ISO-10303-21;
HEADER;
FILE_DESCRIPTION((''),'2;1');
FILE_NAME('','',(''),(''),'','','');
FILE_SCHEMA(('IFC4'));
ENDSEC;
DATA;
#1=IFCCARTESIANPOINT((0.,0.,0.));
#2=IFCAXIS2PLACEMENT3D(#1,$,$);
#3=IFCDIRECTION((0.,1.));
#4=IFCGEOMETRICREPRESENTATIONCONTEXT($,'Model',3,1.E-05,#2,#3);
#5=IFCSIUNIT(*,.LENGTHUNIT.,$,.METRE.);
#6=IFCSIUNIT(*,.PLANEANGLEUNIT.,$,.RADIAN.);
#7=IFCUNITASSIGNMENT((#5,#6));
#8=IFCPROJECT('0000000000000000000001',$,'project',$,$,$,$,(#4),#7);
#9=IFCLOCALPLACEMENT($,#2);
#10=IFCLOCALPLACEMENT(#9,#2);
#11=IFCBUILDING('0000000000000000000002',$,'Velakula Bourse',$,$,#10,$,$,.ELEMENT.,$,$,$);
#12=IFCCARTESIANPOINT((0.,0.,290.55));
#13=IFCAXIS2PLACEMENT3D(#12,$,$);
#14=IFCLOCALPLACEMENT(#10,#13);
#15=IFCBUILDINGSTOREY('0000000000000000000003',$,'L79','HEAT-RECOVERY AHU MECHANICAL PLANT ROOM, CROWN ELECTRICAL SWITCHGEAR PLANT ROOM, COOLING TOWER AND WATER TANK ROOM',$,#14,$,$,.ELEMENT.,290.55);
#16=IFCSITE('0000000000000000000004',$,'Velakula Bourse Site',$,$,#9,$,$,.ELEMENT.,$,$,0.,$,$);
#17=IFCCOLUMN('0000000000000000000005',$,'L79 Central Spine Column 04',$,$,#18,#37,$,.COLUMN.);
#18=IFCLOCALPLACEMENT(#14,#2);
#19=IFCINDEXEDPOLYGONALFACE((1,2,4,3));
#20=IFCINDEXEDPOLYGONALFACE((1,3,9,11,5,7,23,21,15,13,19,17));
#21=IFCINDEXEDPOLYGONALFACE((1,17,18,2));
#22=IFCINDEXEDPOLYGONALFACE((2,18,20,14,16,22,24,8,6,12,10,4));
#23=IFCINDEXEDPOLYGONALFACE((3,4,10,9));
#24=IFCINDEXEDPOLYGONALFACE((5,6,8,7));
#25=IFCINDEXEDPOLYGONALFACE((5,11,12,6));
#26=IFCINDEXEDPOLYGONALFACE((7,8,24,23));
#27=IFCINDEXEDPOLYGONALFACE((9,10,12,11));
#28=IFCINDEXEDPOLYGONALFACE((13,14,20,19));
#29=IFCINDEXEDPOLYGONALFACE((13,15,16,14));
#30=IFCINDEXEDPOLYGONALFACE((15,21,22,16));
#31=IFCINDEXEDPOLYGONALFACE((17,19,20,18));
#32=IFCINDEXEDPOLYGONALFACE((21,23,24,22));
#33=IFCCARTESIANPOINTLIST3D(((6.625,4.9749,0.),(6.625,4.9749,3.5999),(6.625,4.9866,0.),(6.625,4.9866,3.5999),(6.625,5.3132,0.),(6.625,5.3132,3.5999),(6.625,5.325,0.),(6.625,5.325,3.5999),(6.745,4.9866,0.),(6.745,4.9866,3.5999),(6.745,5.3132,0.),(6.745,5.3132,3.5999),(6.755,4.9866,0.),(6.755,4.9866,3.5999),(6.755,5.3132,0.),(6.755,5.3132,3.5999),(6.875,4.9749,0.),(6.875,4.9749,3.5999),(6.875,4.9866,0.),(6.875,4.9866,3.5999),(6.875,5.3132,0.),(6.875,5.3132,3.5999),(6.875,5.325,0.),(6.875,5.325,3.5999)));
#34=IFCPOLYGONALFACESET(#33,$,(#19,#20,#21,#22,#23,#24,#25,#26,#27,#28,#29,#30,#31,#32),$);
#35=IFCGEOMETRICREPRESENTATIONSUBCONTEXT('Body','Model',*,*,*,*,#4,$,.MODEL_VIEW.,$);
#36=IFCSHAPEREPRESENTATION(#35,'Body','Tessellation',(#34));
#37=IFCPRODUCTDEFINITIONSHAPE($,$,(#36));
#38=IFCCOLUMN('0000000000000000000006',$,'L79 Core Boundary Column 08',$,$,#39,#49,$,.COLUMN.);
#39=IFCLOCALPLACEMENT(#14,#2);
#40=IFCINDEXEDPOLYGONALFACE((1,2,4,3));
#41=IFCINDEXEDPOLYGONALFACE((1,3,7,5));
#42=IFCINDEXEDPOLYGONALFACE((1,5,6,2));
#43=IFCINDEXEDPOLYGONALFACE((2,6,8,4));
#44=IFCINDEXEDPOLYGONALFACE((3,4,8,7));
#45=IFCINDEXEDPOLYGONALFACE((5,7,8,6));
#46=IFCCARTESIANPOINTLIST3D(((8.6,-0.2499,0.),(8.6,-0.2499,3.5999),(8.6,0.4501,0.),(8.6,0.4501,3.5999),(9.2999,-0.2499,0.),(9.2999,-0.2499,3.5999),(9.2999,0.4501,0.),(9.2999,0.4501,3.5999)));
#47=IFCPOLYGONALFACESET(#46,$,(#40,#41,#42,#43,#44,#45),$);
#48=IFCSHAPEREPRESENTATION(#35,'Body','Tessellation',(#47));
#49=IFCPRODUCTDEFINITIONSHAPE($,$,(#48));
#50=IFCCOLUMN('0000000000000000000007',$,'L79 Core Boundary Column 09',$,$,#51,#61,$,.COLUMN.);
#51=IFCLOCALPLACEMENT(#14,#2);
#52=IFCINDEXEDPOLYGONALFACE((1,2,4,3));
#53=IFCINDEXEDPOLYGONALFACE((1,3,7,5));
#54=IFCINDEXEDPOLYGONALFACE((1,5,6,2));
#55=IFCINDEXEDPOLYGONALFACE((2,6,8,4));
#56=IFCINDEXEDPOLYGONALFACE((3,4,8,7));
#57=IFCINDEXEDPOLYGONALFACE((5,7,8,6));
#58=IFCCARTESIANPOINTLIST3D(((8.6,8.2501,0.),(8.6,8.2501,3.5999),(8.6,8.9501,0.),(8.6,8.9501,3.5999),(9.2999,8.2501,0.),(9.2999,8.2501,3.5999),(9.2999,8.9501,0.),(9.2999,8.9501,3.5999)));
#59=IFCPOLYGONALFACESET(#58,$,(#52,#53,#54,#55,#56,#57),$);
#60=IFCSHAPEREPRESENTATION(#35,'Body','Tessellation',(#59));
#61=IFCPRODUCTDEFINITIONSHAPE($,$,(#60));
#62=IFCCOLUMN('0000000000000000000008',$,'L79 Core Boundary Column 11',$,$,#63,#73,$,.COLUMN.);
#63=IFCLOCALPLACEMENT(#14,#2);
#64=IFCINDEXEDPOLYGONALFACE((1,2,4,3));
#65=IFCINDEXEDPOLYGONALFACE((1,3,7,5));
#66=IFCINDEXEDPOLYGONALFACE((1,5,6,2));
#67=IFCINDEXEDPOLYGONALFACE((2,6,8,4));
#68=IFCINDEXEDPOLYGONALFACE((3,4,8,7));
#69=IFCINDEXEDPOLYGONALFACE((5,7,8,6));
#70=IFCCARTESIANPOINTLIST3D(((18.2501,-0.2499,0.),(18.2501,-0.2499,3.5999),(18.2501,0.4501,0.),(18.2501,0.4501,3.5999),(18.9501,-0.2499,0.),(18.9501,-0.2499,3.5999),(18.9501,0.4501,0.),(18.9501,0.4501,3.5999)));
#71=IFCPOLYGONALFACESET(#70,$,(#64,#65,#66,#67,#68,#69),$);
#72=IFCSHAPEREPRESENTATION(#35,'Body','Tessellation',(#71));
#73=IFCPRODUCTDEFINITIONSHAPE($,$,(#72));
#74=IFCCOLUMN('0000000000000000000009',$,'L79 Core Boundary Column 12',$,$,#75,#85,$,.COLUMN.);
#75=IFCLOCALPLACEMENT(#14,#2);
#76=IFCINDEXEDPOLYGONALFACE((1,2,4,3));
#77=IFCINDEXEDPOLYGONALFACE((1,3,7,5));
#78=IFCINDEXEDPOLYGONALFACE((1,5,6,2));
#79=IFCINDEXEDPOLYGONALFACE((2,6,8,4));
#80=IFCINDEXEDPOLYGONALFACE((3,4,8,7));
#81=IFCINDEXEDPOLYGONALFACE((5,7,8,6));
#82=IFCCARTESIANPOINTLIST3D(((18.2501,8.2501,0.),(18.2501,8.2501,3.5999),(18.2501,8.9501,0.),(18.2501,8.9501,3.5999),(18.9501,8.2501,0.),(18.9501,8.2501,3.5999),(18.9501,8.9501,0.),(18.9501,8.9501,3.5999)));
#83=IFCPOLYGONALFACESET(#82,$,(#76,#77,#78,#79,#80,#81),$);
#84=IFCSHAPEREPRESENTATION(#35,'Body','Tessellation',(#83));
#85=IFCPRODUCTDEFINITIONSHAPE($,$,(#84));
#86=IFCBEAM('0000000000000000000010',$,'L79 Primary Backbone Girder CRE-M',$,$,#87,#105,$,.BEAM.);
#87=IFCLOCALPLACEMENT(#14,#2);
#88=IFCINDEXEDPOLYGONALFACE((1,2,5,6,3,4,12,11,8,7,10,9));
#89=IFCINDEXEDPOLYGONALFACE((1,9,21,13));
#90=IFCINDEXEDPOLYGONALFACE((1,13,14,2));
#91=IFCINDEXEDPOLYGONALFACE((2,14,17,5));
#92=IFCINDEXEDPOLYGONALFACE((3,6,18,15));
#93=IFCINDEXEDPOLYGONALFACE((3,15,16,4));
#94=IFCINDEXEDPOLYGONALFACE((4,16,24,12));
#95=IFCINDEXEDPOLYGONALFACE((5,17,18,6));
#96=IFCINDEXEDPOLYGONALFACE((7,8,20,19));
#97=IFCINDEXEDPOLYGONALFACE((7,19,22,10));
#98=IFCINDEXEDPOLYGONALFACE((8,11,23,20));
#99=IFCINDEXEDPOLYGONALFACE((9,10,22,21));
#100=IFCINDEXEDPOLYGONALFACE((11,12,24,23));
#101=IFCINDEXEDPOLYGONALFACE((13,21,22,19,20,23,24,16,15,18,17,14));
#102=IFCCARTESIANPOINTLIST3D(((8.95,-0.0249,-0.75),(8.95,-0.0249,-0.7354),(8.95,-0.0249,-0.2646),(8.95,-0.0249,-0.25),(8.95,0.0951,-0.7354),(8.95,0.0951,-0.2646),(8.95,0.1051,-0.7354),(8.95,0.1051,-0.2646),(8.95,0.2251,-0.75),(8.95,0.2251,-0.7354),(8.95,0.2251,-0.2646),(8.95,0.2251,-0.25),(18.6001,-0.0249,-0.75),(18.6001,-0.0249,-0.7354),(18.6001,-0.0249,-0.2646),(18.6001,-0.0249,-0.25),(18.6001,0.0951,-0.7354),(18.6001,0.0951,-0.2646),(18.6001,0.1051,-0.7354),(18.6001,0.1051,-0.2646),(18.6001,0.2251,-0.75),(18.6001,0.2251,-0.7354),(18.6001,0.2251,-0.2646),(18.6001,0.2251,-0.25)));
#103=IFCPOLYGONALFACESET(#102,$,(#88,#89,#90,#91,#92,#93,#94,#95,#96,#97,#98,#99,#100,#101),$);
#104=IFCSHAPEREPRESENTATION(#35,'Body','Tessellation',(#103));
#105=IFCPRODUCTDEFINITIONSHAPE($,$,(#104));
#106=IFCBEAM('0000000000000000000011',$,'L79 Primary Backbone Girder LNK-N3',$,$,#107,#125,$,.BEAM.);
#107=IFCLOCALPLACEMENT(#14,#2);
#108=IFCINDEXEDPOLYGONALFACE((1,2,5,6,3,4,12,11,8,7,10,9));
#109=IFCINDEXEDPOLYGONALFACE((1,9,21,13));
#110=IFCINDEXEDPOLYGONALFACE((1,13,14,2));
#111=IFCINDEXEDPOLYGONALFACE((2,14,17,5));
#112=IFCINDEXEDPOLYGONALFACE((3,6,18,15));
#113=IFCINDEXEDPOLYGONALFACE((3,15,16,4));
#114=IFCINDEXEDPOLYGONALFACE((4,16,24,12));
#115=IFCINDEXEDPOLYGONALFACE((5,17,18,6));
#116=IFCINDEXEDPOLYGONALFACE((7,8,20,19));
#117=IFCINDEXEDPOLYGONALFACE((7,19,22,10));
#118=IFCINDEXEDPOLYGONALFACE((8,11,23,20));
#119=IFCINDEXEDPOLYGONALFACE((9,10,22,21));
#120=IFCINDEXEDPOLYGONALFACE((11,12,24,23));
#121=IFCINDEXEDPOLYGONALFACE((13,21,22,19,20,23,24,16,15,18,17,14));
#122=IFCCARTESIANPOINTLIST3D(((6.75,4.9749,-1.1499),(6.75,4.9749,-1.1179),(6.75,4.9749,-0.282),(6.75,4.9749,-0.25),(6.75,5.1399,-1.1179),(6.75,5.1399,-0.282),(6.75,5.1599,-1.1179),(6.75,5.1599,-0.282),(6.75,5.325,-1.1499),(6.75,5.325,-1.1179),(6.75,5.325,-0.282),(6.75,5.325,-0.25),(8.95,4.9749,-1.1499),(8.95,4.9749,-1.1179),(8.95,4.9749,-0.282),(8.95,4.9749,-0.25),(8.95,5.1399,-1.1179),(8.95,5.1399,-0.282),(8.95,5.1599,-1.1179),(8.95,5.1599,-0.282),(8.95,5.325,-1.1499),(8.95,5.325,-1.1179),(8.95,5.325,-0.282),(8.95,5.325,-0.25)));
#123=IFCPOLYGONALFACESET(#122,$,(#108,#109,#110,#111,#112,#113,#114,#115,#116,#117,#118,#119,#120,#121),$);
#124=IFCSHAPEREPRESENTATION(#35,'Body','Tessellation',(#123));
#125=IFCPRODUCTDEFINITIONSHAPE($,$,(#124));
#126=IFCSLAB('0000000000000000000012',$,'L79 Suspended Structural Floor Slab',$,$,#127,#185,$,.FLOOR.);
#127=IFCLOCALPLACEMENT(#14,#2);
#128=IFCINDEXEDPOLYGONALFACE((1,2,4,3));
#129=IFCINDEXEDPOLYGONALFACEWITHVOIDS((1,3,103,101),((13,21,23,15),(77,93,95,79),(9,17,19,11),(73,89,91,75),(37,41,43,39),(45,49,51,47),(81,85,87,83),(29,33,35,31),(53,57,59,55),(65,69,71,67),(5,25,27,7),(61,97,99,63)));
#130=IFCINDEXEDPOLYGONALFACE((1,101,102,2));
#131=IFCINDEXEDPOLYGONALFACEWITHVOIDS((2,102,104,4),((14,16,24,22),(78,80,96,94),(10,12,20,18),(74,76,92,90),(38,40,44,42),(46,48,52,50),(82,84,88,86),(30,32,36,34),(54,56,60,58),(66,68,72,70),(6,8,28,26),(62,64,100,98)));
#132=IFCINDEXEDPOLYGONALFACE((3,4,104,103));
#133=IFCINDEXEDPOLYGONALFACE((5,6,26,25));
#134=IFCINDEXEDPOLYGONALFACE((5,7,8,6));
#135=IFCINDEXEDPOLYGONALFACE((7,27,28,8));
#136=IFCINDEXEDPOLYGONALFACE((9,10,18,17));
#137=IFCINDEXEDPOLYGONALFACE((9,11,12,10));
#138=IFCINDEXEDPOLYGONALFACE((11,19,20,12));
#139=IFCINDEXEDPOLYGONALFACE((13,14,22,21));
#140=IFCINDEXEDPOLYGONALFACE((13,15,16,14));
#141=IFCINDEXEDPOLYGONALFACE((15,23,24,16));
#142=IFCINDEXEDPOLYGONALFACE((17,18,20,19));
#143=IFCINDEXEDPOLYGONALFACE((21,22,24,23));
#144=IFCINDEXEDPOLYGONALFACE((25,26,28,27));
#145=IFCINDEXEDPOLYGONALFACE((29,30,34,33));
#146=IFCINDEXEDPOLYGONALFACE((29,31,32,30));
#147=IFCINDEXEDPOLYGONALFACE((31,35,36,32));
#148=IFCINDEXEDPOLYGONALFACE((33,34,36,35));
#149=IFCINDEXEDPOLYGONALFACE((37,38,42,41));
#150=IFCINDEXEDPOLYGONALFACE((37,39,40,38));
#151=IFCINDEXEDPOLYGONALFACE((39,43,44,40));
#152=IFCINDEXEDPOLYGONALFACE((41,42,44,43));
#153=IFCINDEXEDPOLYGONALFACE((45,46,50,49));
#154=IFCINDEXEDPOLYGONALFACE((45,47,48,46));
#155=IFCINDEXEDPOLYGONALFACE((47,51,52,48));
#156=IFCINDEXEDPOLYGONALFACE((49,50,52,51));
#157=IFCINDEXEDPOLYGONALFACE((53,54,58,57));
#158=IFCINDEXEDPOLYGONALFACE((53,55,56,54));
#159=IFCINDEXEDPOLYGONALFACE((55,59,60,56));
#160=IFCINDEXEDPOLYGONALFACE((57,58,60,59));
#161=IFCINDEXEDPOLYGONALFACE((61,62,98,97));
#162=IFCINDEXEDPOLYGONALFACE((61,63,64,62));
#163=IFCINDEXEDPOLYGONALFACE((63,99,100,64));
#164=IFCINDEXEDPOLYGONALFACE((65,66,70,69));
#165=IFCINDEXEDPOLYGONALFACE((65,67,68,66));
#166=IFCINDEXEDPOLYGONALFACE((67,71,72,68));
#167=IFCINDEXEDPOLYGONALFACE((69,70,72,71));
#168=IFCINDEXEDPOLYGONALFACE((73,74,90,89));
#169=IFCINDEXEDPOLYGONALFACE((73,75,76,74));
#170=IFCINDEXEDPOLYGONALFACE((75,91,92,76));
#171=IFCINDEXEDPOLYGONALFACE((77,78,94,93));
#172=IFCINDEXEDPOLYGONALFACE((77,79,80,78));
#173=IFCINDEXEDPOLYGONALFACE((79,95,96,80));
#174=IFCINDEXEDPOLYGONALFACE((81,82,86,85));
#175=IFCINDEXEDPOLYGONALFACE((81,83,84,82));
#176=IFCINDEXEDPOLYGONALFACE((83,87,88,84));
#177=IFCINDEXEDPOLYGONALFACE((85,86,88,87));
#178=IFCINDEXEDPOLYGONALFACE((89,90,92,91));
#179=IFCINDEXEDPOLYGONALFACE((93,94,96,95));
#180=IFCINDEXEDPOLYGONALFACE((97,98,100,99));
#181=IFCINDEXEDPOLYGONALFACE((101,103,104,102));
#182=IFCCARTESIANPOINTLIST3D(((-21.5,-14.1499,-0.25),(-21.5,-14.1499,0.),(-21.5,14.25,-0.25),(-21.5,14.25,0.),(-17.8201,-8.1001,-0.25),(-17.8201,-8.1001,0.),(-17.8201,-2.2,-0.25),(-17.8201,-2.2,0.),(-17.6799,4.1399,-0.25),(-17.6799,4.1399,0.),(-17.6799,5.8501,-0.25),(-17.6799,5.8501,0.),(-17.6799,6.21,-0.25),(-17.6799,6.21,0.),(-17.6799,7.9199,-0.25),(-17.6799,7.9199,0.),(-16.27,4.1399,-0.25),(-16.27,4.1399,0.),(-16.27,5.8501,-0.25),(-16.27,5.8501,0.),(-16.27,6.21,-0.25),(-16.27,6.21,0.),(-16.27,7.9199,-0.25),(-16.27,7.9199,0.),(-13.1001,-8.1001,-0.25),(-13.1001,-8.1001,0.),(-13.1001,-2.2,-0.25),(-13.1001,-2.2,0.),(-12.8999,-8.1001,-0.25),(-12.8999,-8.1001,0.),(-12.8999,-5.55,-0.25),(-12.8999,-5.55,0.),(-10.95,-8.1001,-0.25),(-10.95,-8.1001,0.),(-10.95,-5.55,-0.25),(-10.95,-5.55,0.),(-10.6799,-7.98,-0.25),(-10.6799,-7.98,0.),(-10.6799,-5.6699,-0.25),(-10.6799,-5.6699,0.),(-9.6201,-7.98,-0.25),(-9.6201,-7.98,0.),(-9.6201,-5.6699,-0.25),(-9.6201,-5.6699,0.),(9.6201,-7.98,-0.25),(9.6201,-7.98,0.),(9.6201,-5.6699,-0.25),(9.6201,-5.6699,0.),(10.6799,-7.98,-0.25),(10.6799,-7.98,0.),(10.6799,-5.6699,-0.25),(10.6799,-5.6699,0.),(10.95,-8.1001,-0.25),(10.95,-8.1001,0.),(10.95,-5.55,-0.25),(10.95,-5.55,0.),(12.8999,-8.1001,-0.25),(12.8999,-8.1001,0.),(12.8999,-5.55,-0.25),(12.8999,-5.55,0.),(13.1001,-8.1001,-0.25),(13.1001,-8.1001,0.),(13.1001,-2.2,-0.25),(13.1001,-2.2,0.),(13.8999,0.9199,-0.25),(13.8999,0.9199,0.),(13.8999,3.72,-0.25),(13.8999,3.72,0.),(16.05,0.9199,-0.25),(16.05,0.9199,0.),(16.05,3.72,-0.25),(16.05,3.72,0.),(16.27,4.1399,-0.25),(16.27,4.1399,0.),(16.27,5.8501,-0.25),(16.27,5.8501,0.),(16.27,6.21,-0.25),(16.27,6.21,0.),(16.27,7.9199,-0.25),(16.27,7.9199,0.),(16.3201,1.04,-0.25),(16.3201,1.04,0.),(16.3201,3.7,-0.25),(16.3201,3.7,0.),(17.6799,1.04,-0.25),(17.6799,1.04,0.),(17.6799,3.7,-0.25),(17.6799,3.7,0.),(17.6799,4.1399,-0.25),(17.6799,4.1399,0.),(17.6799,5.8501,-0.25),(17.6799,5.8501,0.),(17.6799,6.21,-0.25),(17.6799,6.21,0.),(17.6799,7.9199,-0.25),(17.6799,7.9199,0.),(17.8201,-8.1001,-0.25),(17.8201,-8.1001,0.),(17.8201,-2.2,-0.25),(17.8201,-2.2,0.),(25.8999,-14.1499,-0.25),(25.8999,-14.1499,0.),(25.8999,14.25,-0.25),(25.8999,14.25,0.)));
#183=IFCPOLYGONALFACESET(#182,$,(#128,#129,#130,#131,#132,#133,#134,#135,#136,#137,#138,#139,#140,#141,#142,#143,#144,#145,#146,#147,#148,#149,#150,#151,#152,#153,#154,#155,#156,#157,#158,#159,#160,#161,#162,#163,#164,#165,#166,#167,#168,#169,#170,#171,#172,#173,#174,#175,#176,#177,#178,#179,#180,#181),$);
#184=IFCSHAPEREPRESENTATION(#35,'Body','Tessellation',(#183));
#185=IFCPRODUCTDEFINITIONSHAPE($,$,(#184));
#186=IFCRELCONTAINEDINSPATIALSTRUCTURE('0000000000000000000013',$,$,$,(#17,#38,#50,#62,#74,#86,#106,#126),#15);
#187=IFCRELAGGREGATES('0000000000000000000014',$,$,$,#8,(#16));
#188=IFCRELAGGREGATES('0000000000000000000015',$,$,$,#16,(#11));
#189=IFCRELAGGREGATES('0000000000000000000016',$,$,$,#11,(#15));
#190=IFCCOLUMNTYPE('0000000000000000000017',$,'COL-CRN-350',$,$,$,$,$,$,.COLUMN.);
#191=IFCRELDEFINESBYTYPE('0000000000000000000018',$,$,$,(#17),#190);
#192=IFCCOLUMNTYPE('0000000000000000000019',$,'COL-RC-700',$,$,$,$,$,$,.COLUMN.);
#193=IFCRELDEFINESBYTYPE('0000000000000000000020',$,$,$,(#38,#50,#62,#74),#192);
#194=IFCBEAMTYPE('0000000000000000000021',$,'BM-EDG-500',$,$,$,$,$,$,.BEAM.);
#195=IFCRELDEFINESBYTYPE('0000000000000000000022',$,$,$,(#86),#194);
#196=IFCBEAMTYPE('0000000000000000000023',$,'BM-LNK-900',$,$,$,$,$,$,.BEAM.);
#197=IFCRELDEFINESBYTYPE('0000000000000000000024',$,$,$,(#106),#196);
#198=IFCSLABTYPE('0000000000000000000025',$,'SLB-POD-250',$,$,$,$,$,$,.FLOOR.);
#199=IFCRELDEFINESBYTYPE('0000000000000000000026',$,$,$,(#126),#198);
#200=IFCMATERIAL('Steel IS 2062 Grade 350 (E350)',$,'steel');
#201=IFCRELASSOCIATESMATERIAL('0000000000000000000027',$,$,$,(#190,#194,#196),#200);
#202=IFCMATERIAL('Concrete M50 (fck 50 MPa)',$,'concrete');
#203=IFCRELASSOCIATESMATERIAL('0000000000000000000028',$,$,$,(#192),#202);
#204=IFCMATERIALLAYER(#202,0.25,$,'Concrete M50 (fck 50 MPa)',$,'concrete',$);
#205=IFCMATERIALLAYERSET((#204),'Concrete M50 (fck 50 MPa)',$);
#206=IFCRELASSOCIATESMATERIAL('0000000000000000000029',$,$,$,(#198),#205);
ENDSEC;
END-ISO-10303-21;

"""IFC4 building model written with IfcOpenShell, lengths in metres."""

from ifc_helpers import new_model, si_unit, direction, frame, origin, origin_2d, place, context, subcontext, project, spatial, polyline, rectangle, i_section, outline, extrude, material, layer, layer_set, material_profile, profile_set, type_object, element, save


model = new_model("IFC4")

# Units and contexts
model_context = context("Model", 3, precision=1e-05, world=origin(), true_north=direction((0.0, 1.0)))
body_context = subcontext(model_context, "Body", "Model", "MODEL_VIEW")
ifc_project = project(units=[si_unit("LENGTHUNIT", "METRE"), si_unit("PLANEANGLEUNIT", "RADIAN")], contexts=[model_context])

# Site, building, storey
site_placement = place(None, origin())
site = spatial("IfcSite", under=ifc_project, at=site_placement, Name="Velakula Bourse Site", CompositionType="ELEMENT", RefElevation=0.0)
building_placement = place(site_placement, origin())
building = spatial("IfcBuilding", under=site, at=building_placement, Name="Velakula Bourse", CompositionType="ELEMENT")
storey_placement = place(building_placement, frame((0.0, 0.0, 290.55)))
storey = spatial("IfcBuildingStorey", under=building, at=storey_placement, Name="L79", Description="HEAT-RECOVERY AHU MECHANICAL PLANT ROOM, CROWN ELECTRICAL SWITCHGEAR PLANT ROOM, COOLING TOWER AND WATER TANK ROOM", CompositionType="ELEMENT", Elevation=290.55)

# Columns
ifc_material_1 = material(Name="Steel IS 2062 Grade 350 (E350)", Category="steel")
ifc_material_profile_1 = material_profile(ifc_material_1, i_section(OverallWidth=0.25, OverallDepth=0.3501, WebThickness=0.01, FlangeThickness=0.0117, at=origin_2d()), Name="Steel IS 2062 Grade 350 (E350)")
ifc_profile_set_1 = profile_set([ifc_material_profile_1], Name="Steel IS 2062 Grade 350 (E350)")
column_type_1 = type_object("IfcColumnType", Name="COL-CRN-350", PredefinedType="COLUMN", material=ifc_profile_set_1)
column_placement = place(storey_placement, frame((6.75, 5.1499, 0.0), z_axis=(0.0, 0.0, 1.0), x_axis=(1.0, 0.0, 0.0)))
element("IfcColumn", 1, at=column_placement, inside=storey, type_object=column_type_1, Name="L79 Central Spine Column 04", PredefinedType="COLUMN", context=body_context, shape_type="SweptSolid", body=[
    extrude(i_section(OverallWidth=0.25, OverallDepth=0.3501, WebThickness=0.01, FlangeThickness=0.0117, at=origin_2d()), origin(), (0.0, 0.0, 1.0), 3.5999),
])
ifc_material_2 = material(Name="Concrete M50 (fck 50 MPa)", Category="concrete")
ifc_material_profile_2 = material_profile(ifc_material_2, rectangle(XDim=0.7, YDim=0.7, at=origin_2d()), Name="Concrete M50 (fck 50 MPa)")
ifc_profile_set_2 = profile_set([ifc_material_profile_2], Name="Concrete M50 (fck 50 MPa)")
column_type_2 = type_object("IfcColumnType", Name="COL-RC-700", PredefinedType="COLUMN", material=ifc_profile_set_2)
for number, where, z_axis, x_axis, name in (
    (2, (8.95, 0.1001, 0.0), (0.0, 0.0, 1.0), (1.0, 0.0, 0.0), "L79 Core Boundary Column 08"),
    (3, (8.95, 8.6001, 0.0), (0.0, 0.0, 1.0), (1.0, 0.0, 0.0), "L79 Core Boundary Column 09"),
    (4, (18.6001, 0.1001, 0.0), (0.0, 0.0, 1.0), (1.0, 0.0, 0.0), "L79 Core Boundary Column 11"),
    (5, (18.6001, 8.6001, 0.0), (0.0, 0.0, 1.0), (1.0, 0.0, 0.0), "L79 Core Boundary Column 12"),
):
    element("IfcColumn", number, at=place(storey_placement, frame(where, z_axis=z_axis, x_axis=x_axis)), inside=storey, type_object=column_type_2, Name=name, PredefinedType="COLUMN", context=body_context, shape_type="SweptSolid", body=[
        extrude(rectangle(XDim=0.7, YDim=0.7, at=origin_2d()), origin(), (0.0, 0.0, 1.0), 3.5999),
    ])

# Beams
ifc_material_profile_3 = material_profile(ifc_material_1, i_section(OverallWidth=0.25, OverallDepth=0.5, WebThickness=0.01, FlangeThickness=0.0146, at=origin_2d()), Name="Steel IS 2062 Grade 350 (E350)")
ifc_profile_set_3 = profile_set([ifc_material_profile_3], Name="Steel IS 2062 Grade 350 (E350)")
beam_type_1 = type_object("IfcBeamType", Name="BM-EDG-500", PredefinedType="BEAM", material=ifc_profile_set_3)
beam_1_placement = place(storey_placement, frame((8.95, 0.1001, -0.5), z_axis=(1.0, 0.0, 0.0), x_axis=(0.0, 1.0, 0.0)))
element("IfcBeam", 6, at=beam_1_placement, inside=storey, type_object=beam_type_1, Name="L79 Primary Backbone Girder CRE-M", PredefinedType="BEAM", context=body_context, shape_type="SweptSolid", body=[
    extrude(i_section(OverallWidth=0.25, OverallDepth=0.5, WebThickness=0.01, FlangeThickness=0.0146, at=origin_2d()), origin(), (0.0, 0.0, 1.0), 9.6501),
])
ifc_material_profile_4 = material_profile(ifc_material_1, i_section(OverallWidth=0.3501, OverallDepth=0.8999, WebThickness=0.02, FlangeThickness=0.032, at=origin_2d()), Name="Steel IS 2062 Grade 350 (E350)")
ifc_profile_set_4 = profile_set([ifc_material_profile_4], Name="Steel IS 2062 Grade 350 (E350)")
beam_type_2 = type_object("IfcBeamType", Name="BM-LNK-900", PredefinedType="BEAM", material=ifc_profile_set_4)
beam_2_placement = place(storey_placement, frame((6.75, 5.1499, -0.7), z_axis=(1.0, 0.0, 0.0), x_axis=(0.0, 1.0, 0.0)))
element("IfcBeam", 7, at=beam_2_placement, inside=storey, type_object=beam_type_2, Name="L79 Primary Backbone Girder LNK-N3", PredefinedType="BEAM", context=body_context, shape_type="SweptSolid", body=[
    extrude(i_section(OverallWidth=0.3501, OverallDepth=0.8999, WebThickness=0.02, FlangeThickness=0.032, at=origin_2d()), origin(), (0.0, 0.0, 1.0), 2.2),
])

# Slab
ifc_layer_1 = layer(ifc_material_2, 0.25, Name="Concrete M50 (fck 50 MPa)", Category="concrete")
ifc_layer_set_1 = layer_set([ifc_layer_1], Name="Concrete M50 (fck 50 MPa)")
slab_type_1 = type_object("IfcSlabType", Name="SLB-POD-250", PredefinedType="FLOOR", material=ifc_layer_set_1)
slab_1_placement = place(storey_placement, frame((0.0, 0.0, -0.25)))
element("IfcSlab", 8, at=slab_1_placement, inside=storey, type_object=slab_type_1, Name="L79 Suspended Structural Floor Slab", PredefinedType="FLOOR", context=body_context, shape_type="SweptSolid", body=[
    extrude(outline(polyline([(-21.5, -14.1499), (25.8999, -14.1499), (25.8999, 14.25), (-21.5, 14.25), (-21.5, -14.1499)]), holes=[polyline([(-17.8201, -8.1001), (-13.1001, -8.1001), (-13.1001, -2.2), (-17.8201, -2.2), (-17.8201, -8.1001)]), polyline([(13.1001, -8.1001), (17.8201, -8.1001), (17.8201, -2.2), (13.1001, -2.2), (13.1001, -8.1001)]), polyline([(-12.8999, -8.1001), (-10.95, -8.1001), (-10.95, -5.55), (-12.8999, -5.55), (-12.8999, -8.1001)]), polyline([(10.95, -8.1001), (12.8999, -8.1001), (12.8999, -5.55), (10.95, -5.55), (10.95, -8.1001)]), polyline([(13.8999, 0.9199), (16.05, 0.9199), (16.05, 3.72), (13.8999, 3.72), (13.8999, 0.9199)]), polyline([(-10.6799, -7.98), (-9.6201, -7.98), (-9.6201, -5.6699), (-10.6799, -5.6699), (-10.6799, -7.98)]), polyline([(-17.6799, 4.1399), (-16.27, 4.1399), (-16.27, 5.8501), (-17.6799, 5.8501), (-17.6799, 4.1399)]), polyline([(-17.6799, 6.21), (-16.27, 6.21), (-16.27, 7.9199), (-17.6799, 7.9199), (-17.6799, 6.21)]), polyline([(9.6201, -7.98), (10.6799, -7.98), (10.6799, -5.6699), (9.6201, -5.6699), (9.6201, -7.98)]), polyline([(16.27, 4.1399), (17.6799, 4.1399), (17.6799, 5.8501), (16.27, 5.8501), (16.27, 4.1399)]), polyline([(16.27, 6.21), (17.6799, 6.21), (17.6799, 7.9199), (16.27, 7.9199), (16.27, 6.21)]), polyline([(16.3201, 1.04), (17.6799, 1.04), (17.6799, 3.7), (16.3201, 3.7), (16.3201, 1.04)])]), origin(), (0.0, 0.0, 1.0), 0.25),
])

save(model, "model.ifc")
